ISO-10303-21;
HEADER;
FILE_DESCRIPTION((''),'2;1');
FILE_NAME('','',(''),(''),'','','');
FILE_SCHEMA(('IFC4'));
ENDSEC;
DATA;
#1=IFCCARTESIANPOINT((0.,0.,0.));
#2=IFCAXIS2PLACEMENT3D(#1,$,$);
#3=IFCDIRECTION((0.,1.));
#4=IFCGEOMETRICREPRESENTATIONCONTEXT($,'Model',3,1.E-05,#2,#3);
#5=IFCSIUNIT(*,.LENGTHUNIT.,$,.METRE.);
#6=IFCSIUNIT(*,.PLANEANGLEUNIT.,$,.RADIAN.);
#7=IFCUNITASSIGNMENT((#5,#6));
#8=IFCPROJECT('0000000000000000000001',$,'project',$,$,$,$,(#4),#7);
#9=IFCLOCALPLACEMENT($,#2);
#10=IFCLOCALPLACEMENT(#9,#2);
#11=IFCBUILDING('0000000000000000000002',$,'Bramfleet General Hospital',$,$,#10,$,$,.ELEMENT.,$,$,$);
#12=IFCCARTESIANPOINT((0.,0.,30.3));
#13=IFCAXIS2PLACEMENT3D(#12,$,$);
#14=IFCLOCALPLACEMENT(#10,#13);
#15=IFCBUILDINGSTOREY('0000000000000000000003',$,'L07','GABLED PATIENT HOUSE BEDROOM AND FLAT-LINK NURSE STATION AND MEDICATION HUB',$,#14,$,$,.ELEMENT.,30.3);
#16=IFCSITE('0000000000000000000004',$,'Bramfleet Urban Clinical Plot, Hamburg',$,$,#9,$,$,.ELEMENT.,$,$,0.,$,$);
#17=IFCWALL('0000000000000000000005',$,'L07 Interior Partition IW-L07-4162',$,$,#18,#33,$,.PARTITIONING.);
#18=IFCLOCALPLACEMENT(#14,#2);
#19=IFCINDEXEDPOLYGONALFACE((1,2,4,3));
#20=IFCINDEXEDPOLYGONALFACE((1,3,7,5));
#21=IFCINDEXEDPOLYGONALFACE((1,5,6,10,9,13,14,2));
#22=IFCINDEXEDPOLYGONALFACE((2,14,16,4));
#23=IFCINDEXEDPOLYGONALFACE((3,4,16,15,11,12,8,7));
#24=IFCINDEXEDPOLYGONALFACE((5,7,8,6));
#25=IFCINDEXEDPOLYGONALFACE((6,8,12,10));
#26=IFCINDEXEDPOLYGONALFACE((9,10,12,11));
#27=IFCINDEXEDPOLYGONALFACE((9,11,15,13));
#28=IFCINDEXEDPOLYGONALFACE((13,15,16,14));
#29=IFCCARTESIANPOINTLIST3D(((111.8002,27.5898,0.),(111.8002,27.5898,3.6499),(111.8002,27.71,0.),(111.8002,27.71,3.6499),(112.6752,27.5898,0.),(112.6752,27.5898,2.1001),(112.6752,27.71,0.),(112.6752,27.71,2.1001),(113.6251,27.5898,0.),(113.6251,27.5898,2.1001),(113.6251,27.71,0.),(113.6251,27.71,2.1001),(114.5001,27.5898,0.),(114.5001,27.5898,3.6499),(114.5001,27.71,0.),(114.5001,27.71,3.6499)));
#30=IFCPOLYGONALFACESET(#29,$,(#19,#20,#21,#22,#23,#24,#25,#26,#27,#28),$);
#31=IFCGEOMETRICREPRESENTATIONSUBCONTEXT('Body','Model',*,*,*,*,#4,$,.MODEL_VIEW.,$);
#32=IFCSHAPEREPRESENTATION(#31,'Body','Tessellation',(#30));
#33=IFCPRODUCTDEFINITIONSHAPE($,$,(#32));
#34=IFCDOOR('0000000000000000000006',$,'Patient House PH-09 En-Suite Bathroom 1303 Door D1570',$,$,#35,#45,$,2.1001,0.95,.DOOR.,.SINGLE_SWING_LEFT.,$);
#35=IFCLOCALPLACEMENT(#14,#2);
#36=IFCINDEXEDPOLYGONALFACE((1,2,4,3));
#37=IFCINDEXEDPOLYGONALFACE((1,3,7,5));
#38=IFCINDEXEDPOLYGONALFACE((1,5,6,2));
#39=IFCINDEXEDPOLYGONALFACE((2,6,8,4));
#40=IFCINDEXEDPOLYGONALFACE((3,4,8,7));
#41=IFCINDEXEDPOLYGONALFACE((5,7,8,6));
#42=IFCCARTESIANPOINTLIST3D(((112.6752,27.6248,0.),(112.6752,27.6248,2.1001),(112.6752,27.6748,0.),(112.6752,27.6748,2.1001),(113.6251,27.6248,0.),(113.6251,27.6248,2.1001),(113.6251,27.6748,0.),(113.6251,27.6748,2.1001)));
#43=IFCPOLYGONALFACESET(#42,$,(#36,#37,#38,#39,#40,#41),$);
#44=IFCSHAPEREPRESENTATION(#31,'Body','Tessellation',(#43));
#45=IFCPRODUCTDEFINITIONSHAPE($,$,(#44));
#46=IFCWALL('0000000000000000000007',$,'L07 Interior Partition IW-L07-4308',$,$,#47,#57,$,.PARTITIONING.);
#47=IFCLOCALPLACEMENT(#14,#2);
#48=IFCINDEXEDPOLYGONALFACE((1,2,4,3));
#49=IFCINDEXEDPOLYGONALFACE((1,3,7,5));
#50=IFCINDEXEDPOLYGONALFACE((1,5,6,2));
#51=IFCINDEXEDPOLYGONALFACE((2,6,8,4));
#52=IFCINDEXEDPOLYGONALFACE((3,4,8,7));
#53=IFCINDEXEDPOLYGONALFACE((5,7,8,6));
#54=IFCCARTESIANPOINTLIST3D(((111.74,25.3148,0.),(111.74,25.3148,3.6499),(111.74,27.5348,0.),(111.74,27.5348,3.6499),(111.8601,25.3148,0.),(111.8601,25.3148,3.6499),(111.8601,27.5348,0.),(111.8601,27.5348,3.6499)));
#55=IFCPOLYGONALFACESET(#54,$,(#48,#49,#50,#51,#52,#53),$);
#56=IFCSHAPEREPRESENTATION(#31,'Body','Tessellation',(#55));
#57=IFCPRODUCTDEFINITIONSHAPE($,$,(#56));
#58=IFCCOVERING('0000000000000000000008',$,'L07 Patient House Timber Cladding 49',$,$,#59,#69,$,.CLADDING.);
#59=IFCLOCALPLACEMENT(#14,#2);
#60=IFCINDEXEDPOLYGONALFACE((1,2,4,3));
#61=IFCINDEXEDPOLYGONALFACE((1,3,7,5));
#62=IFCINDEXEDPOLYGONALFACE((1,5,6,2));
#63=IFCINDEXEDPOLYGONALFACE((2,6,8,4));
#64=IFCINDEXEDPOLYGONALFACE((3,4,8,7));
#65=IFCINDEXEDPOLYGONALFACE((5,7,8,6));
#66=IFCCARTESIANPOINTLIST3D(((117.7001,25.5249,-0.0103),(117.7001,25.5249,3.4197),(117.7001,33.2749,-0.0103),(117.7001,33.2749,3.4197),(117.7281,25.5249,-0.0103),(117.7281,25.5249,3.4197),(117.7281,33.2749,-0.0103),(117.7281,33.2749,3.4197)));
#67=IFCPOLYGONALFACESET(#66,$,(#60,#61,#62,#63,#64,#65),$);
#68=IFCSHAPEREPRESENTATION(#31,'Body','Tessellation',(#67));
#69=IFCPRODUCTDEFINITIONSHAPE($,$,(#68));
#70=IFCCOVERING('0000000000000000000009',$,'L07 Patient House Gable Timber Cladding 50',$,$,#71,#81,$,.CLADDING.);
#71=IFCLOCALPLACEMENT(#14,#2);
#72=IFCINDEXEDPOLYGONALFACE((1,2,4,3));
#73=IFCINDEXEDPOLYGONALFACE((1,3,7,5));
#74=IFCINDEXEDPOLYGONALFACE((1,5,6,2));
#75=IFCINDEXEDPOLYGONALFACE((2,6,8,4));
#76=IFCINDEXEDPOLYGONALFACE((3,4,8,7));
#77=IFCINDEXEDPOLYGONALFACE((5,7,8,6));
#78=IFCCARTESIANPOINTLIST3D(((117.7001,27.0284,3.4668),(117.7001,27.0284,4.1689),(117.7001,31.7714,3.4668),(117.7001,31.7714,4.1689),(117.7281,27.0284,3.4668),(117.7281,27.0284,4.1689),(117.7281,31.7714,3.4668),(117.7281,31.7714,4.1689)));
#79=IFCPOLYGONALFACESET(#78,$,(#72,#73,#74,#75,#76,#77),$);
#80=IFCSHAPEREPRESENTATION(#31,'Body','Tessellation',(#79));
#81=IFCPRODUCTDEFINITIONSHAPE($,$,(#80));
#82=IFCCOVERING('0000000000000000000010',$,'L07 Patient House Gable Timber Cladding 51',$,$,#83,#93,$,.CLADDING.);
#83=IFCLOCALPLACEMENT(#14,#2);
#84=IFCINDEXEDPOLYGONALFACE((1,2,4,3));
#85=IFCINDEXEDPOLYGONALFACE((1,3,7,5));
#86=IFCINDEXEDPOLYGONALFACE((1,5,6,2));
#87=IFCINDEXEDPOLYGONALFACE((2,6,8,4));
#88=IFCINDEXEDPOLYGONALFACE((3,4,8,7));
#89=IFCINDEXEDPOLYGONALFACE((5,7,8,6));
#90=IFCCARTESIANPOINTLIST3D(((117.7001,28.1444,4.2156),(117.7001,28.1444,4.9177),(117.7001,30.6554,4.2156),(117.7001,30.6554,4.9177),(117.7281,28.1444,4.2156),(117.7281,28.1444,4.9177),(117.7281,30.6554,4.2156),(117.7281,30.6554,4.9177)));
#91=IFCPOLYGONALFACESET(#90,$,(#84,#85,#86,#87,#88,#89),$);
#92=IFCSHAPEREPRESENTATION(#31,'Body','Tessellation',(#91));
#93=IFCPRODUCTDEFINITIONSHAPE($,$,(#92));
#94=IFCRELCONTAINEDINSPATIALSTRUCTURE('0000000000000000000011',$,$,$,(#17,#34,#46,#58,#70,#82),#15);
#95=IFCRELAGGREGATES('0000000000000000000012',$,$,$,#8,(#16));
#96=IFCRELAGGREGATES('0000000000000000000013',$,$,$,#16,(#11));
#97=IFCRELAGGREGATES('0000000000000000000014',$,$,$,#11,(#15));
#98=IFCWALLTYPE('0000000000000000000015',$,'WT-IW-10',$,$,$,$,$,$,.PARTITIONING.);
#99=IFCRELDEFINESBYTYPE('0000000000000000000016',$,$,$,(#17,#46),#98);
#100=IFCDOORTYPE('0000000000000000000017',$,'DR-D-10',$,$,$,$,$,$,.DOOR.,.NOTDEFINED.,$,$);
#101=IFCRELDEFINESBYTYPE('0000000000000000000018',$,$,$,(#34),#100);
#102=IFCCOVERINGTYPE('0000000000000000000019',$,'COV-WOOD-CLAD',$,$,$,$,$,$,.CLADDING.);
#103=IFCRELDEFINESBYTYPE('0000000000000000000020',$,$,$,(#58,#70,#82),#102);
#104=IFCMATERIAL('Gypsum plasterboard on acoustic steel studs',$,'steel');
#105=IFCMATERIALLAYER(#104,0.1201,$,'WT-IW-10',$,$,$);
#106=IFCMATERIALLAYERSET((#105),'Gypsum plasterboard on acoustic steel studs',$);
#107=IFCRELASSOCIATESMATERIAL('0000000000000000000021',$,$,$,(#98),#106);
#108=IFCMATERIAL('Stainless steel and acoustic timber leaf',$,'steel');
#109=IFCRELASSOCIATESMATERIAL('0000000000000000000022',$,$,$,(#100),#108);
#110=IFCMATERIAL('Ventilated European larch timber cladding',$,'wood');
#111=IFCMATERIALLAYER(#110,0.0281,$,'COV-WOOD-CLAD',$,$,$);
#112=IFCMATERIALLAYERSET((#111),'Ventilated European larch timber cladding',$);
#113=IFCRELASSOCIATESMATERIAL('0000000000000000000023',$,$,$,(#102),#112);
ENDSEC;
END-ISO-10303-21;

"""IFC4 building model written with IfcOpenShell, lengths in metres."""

from ifc_helpers import new_model, si_unit, direction, frame, frame_2d, origin, origin_2d, place, context, subcontext, project, spatial, rectangle, extrude, material, layer, layer_set, type_object, element, fill, save


model = new_model("IFC4")

# Units and contexts
model_context = context("Model", 3, precision=1e-05, world=origin(), true_north=direction((0.0, 1.0)))
body_context = subcontext(model_context, "Body", "Model", "MODEL_VIEW")
ifc_project = project(units=[si_unit("LENGTHUNIT", "METRE"), si_unit("PLANEANGLEUNIT", "RADIAN")], contexts=[model_context])

# Site, building, storey
site_placement = place(None, origin())
site = spatial("IfcSite", under=ifc_project, at=site_placement, Name="Bramfleet Urban Clinical Plot, Hamburg", CompositionType="ELEMENT", RefElevation=0.0)
building_placement = place(site_placement, origin())
building = spatial("IfcBuilding", under=site, at=building_placement, Name="Bramfleet General Hospital", CompositionType="ELEMENT")
storey_placement = place(building_placement, frame((0.0, 0.0, 30.3)))
storey = spatial("IfcBuildingStorey", under=building, at=storey_placement, Name="L07", Description="GABLED PATIENT HOUSE BEDROOM AND FLAT-LINK NURSE STATION AND MEDICATION HUB", CompositionType="ELEMENT", Elevation=30.3)

# Shared definitions
ifc_material_1 = material(Name="Stainless steel and acoustic timber leaf", Category="steel")

# Shared definitions
ifc_material_2 = material(Name="Gypsum plasterboard on acoustic steel studs", Category="steel")

# Shared definitions
ifc_layer_1 = layer(ifc_material_2, 0.1201, Name="WT-IW-10")
ifc_layer_set_1 = layer_set([ifc_layer_1], Name="Gypsum plasterboard on acoustic steel studs")
wall_type_1 = type_object("IfcWallType", Name="WT-IW-10", PredefinedType="PARTITIONING", material=ifc_layer_set_1)

# Wall, opening, door
wall_1_placement = place(storey_placement, frame((111.8, 27.6499, 0.0), z_axis=(0.0, 0.0, 1.0), x_axis=(1.0, 0.0, 0.0)))
wall_1 = element("IfcWall", 1, at=wall_1_placement, inside=storey, type_object=wall_type_1, Name="L07 Interior Partition IW-L07-4162", PredefinedType="PARTITIONING", context=body_context, shape_type="SweptSolid", body=[
    extrude(rectangle(XDim=2.7, YDim=0.1201, at=frame_2d((1.3501, 0.0))), origin(), (0.0, 0.0, 1.0), 3.6499),
])
opening_1_placement = place(wall_1_placement, frame((0.875, 0.0, 0.0)))
opening_1 = element("IfcOpeningElement", 2, at=opening_1_placement, cuts=wall_1, PredefinedType="OPENING", context=body_context, shape_type="SweptSolid", body=[
    extrude(rectangle(XDim=0.95, YDim=2.1001, at=frame_2d((0.4751, 1.05))), frame((0.0, 0.0701, 0.0), z_axis=(0.0, -1.0, 0.0), x_axis=(1.0, 0.0, 0.0)), (0.0, 0.0, 1.0), 0.1401),
])
door_type_1 = type_object("IfcDoorType", Name="DR-D-10", OperationType="NOTDEFINED", PredefinedType="DOOR", material=ifc_material_1)
door_1_placement = place(opening_1_placement, origin())
door_1 = element("IfcDoor", 3, at=door_1_placement, inside=storey, type_object=door_type_1, Name="Patient House PH-09 En-Suite Bathroom 1303 Door D1570", OperationType="SINGLE_SWING_LEFT", OverallHeight=2.1001, OverallWidth=0.95, PredefinedType="DOOR", context=body_context, shape_type="SweptSolid", body=[
    extrude(rectangle(XDim=0.95, YDim=2.1001, at=frame_2d((0.4751, 1.05))), frame((0.0, 0.0249, 0.0), z_axis=(0.0, -1.0, 0.0), x_axis=(1.0, 0.0, 0.0)), (0.0, 0.0, 1.0), 0.05),
])
fill(opening_1, door_1)

# Wall
wall_2_placement = place(storey_placement, frame((111.8, 25.3149, 0.0), z_axis=(0.0, 0.0, 1.0), x_axis=(0.0, 1.0, 0.0)))
element("IfcWall", 4, at=wall_2_placement, inside=storey, type_object=wall_type_1, Name="L07 Interior Partition IW-L07-4308", PredefinedType="PARTITIONING", context=body_context, shape_type="SweptSolid", body=[
    extrude(rectangle(XDim=2.22, YDim=0.1201, at=frame_2d((1.1099, 0.0))), origin(), (0.0, 0.0, 1.0), 3.6499),
])

# Coverings
ifc_material_3 = material(Name="Ventilated European larch timber cladding", Category="wood")
ifc_layer_2 = layer(ifc_material_3, 0.0281, Name="COV-WOOD-CLAD")
ifc_layer_set_2 = layer_set([ifc_layer_2], Name="Ventilated European larch timber cladding")
covering_type = type_object("IfcCoveringType", Name="COV-WOOD-CLAD", PredefinedType="CLADDING", material=ifc_layer_set_2)
covering_1_placement = place(storey_placement, frame((117.7141, 29.3999, -0.0103), z_axis=(0.0, 0.0, 1.0), x_axis=(0.0, -1.0, 0.0)))
element("IfcCovering", 5, at=covering_1_placement, inside=storey, type_object=covering_type, Name="L07 Patient House Timber Cladding 49", PredefinedType="CLADDING", context=body_context, shape_type="SweptSolid", body=[
    extrude(rectangle(XDim=7.75, YDim=0.0281, at=origin_2d()), origin(), (0.0, 0.0, 1.0), 3.4299),
])
covering_2_placement = place(storey_placement, frame((117.7141, 29.3999, 3.4668), z_axis=(0.0, 0.0, 1.0), x_axis=(0.0, -1.0, 0.0)))
element("IfcCovering", 6, at=covering_2_placement, inside=storey, type_object=covering_type, Name="L07 Patient House Gable Timber Cladding 50", PredefinedType="CLADDING", context=body_context, shape_type="SweptSolid", body=[
    extrude(rectangle(XDim=4.7429, YDim=0.0281, at=origin_2d()), origin(), (0.0, 0.0, 1.0), 0.7021),
])
covering_3_placement = place(storey_placement, frame((117.7141, 29.3999, 4.2156), z_axis=(0.0, 0.0, 1.0), x_axis=(0.0, -1.0, 0.0)))
element("IfcCovering", 7, at=covering_3_placement, inside=storey, type_object=covering_type, Name="L07 Patient House Gable Timber Cladding 51", PredefinedType="CLADDING", context=body_context, shape_type="SweptSolid", body=[
    extrude(rectangle(XDim=2.511, YDim=0.0281, at=origin_2d()), origin(), (0.0, 0.0, 1.0), 0.7021),
])

save(model, "model.ifc")
